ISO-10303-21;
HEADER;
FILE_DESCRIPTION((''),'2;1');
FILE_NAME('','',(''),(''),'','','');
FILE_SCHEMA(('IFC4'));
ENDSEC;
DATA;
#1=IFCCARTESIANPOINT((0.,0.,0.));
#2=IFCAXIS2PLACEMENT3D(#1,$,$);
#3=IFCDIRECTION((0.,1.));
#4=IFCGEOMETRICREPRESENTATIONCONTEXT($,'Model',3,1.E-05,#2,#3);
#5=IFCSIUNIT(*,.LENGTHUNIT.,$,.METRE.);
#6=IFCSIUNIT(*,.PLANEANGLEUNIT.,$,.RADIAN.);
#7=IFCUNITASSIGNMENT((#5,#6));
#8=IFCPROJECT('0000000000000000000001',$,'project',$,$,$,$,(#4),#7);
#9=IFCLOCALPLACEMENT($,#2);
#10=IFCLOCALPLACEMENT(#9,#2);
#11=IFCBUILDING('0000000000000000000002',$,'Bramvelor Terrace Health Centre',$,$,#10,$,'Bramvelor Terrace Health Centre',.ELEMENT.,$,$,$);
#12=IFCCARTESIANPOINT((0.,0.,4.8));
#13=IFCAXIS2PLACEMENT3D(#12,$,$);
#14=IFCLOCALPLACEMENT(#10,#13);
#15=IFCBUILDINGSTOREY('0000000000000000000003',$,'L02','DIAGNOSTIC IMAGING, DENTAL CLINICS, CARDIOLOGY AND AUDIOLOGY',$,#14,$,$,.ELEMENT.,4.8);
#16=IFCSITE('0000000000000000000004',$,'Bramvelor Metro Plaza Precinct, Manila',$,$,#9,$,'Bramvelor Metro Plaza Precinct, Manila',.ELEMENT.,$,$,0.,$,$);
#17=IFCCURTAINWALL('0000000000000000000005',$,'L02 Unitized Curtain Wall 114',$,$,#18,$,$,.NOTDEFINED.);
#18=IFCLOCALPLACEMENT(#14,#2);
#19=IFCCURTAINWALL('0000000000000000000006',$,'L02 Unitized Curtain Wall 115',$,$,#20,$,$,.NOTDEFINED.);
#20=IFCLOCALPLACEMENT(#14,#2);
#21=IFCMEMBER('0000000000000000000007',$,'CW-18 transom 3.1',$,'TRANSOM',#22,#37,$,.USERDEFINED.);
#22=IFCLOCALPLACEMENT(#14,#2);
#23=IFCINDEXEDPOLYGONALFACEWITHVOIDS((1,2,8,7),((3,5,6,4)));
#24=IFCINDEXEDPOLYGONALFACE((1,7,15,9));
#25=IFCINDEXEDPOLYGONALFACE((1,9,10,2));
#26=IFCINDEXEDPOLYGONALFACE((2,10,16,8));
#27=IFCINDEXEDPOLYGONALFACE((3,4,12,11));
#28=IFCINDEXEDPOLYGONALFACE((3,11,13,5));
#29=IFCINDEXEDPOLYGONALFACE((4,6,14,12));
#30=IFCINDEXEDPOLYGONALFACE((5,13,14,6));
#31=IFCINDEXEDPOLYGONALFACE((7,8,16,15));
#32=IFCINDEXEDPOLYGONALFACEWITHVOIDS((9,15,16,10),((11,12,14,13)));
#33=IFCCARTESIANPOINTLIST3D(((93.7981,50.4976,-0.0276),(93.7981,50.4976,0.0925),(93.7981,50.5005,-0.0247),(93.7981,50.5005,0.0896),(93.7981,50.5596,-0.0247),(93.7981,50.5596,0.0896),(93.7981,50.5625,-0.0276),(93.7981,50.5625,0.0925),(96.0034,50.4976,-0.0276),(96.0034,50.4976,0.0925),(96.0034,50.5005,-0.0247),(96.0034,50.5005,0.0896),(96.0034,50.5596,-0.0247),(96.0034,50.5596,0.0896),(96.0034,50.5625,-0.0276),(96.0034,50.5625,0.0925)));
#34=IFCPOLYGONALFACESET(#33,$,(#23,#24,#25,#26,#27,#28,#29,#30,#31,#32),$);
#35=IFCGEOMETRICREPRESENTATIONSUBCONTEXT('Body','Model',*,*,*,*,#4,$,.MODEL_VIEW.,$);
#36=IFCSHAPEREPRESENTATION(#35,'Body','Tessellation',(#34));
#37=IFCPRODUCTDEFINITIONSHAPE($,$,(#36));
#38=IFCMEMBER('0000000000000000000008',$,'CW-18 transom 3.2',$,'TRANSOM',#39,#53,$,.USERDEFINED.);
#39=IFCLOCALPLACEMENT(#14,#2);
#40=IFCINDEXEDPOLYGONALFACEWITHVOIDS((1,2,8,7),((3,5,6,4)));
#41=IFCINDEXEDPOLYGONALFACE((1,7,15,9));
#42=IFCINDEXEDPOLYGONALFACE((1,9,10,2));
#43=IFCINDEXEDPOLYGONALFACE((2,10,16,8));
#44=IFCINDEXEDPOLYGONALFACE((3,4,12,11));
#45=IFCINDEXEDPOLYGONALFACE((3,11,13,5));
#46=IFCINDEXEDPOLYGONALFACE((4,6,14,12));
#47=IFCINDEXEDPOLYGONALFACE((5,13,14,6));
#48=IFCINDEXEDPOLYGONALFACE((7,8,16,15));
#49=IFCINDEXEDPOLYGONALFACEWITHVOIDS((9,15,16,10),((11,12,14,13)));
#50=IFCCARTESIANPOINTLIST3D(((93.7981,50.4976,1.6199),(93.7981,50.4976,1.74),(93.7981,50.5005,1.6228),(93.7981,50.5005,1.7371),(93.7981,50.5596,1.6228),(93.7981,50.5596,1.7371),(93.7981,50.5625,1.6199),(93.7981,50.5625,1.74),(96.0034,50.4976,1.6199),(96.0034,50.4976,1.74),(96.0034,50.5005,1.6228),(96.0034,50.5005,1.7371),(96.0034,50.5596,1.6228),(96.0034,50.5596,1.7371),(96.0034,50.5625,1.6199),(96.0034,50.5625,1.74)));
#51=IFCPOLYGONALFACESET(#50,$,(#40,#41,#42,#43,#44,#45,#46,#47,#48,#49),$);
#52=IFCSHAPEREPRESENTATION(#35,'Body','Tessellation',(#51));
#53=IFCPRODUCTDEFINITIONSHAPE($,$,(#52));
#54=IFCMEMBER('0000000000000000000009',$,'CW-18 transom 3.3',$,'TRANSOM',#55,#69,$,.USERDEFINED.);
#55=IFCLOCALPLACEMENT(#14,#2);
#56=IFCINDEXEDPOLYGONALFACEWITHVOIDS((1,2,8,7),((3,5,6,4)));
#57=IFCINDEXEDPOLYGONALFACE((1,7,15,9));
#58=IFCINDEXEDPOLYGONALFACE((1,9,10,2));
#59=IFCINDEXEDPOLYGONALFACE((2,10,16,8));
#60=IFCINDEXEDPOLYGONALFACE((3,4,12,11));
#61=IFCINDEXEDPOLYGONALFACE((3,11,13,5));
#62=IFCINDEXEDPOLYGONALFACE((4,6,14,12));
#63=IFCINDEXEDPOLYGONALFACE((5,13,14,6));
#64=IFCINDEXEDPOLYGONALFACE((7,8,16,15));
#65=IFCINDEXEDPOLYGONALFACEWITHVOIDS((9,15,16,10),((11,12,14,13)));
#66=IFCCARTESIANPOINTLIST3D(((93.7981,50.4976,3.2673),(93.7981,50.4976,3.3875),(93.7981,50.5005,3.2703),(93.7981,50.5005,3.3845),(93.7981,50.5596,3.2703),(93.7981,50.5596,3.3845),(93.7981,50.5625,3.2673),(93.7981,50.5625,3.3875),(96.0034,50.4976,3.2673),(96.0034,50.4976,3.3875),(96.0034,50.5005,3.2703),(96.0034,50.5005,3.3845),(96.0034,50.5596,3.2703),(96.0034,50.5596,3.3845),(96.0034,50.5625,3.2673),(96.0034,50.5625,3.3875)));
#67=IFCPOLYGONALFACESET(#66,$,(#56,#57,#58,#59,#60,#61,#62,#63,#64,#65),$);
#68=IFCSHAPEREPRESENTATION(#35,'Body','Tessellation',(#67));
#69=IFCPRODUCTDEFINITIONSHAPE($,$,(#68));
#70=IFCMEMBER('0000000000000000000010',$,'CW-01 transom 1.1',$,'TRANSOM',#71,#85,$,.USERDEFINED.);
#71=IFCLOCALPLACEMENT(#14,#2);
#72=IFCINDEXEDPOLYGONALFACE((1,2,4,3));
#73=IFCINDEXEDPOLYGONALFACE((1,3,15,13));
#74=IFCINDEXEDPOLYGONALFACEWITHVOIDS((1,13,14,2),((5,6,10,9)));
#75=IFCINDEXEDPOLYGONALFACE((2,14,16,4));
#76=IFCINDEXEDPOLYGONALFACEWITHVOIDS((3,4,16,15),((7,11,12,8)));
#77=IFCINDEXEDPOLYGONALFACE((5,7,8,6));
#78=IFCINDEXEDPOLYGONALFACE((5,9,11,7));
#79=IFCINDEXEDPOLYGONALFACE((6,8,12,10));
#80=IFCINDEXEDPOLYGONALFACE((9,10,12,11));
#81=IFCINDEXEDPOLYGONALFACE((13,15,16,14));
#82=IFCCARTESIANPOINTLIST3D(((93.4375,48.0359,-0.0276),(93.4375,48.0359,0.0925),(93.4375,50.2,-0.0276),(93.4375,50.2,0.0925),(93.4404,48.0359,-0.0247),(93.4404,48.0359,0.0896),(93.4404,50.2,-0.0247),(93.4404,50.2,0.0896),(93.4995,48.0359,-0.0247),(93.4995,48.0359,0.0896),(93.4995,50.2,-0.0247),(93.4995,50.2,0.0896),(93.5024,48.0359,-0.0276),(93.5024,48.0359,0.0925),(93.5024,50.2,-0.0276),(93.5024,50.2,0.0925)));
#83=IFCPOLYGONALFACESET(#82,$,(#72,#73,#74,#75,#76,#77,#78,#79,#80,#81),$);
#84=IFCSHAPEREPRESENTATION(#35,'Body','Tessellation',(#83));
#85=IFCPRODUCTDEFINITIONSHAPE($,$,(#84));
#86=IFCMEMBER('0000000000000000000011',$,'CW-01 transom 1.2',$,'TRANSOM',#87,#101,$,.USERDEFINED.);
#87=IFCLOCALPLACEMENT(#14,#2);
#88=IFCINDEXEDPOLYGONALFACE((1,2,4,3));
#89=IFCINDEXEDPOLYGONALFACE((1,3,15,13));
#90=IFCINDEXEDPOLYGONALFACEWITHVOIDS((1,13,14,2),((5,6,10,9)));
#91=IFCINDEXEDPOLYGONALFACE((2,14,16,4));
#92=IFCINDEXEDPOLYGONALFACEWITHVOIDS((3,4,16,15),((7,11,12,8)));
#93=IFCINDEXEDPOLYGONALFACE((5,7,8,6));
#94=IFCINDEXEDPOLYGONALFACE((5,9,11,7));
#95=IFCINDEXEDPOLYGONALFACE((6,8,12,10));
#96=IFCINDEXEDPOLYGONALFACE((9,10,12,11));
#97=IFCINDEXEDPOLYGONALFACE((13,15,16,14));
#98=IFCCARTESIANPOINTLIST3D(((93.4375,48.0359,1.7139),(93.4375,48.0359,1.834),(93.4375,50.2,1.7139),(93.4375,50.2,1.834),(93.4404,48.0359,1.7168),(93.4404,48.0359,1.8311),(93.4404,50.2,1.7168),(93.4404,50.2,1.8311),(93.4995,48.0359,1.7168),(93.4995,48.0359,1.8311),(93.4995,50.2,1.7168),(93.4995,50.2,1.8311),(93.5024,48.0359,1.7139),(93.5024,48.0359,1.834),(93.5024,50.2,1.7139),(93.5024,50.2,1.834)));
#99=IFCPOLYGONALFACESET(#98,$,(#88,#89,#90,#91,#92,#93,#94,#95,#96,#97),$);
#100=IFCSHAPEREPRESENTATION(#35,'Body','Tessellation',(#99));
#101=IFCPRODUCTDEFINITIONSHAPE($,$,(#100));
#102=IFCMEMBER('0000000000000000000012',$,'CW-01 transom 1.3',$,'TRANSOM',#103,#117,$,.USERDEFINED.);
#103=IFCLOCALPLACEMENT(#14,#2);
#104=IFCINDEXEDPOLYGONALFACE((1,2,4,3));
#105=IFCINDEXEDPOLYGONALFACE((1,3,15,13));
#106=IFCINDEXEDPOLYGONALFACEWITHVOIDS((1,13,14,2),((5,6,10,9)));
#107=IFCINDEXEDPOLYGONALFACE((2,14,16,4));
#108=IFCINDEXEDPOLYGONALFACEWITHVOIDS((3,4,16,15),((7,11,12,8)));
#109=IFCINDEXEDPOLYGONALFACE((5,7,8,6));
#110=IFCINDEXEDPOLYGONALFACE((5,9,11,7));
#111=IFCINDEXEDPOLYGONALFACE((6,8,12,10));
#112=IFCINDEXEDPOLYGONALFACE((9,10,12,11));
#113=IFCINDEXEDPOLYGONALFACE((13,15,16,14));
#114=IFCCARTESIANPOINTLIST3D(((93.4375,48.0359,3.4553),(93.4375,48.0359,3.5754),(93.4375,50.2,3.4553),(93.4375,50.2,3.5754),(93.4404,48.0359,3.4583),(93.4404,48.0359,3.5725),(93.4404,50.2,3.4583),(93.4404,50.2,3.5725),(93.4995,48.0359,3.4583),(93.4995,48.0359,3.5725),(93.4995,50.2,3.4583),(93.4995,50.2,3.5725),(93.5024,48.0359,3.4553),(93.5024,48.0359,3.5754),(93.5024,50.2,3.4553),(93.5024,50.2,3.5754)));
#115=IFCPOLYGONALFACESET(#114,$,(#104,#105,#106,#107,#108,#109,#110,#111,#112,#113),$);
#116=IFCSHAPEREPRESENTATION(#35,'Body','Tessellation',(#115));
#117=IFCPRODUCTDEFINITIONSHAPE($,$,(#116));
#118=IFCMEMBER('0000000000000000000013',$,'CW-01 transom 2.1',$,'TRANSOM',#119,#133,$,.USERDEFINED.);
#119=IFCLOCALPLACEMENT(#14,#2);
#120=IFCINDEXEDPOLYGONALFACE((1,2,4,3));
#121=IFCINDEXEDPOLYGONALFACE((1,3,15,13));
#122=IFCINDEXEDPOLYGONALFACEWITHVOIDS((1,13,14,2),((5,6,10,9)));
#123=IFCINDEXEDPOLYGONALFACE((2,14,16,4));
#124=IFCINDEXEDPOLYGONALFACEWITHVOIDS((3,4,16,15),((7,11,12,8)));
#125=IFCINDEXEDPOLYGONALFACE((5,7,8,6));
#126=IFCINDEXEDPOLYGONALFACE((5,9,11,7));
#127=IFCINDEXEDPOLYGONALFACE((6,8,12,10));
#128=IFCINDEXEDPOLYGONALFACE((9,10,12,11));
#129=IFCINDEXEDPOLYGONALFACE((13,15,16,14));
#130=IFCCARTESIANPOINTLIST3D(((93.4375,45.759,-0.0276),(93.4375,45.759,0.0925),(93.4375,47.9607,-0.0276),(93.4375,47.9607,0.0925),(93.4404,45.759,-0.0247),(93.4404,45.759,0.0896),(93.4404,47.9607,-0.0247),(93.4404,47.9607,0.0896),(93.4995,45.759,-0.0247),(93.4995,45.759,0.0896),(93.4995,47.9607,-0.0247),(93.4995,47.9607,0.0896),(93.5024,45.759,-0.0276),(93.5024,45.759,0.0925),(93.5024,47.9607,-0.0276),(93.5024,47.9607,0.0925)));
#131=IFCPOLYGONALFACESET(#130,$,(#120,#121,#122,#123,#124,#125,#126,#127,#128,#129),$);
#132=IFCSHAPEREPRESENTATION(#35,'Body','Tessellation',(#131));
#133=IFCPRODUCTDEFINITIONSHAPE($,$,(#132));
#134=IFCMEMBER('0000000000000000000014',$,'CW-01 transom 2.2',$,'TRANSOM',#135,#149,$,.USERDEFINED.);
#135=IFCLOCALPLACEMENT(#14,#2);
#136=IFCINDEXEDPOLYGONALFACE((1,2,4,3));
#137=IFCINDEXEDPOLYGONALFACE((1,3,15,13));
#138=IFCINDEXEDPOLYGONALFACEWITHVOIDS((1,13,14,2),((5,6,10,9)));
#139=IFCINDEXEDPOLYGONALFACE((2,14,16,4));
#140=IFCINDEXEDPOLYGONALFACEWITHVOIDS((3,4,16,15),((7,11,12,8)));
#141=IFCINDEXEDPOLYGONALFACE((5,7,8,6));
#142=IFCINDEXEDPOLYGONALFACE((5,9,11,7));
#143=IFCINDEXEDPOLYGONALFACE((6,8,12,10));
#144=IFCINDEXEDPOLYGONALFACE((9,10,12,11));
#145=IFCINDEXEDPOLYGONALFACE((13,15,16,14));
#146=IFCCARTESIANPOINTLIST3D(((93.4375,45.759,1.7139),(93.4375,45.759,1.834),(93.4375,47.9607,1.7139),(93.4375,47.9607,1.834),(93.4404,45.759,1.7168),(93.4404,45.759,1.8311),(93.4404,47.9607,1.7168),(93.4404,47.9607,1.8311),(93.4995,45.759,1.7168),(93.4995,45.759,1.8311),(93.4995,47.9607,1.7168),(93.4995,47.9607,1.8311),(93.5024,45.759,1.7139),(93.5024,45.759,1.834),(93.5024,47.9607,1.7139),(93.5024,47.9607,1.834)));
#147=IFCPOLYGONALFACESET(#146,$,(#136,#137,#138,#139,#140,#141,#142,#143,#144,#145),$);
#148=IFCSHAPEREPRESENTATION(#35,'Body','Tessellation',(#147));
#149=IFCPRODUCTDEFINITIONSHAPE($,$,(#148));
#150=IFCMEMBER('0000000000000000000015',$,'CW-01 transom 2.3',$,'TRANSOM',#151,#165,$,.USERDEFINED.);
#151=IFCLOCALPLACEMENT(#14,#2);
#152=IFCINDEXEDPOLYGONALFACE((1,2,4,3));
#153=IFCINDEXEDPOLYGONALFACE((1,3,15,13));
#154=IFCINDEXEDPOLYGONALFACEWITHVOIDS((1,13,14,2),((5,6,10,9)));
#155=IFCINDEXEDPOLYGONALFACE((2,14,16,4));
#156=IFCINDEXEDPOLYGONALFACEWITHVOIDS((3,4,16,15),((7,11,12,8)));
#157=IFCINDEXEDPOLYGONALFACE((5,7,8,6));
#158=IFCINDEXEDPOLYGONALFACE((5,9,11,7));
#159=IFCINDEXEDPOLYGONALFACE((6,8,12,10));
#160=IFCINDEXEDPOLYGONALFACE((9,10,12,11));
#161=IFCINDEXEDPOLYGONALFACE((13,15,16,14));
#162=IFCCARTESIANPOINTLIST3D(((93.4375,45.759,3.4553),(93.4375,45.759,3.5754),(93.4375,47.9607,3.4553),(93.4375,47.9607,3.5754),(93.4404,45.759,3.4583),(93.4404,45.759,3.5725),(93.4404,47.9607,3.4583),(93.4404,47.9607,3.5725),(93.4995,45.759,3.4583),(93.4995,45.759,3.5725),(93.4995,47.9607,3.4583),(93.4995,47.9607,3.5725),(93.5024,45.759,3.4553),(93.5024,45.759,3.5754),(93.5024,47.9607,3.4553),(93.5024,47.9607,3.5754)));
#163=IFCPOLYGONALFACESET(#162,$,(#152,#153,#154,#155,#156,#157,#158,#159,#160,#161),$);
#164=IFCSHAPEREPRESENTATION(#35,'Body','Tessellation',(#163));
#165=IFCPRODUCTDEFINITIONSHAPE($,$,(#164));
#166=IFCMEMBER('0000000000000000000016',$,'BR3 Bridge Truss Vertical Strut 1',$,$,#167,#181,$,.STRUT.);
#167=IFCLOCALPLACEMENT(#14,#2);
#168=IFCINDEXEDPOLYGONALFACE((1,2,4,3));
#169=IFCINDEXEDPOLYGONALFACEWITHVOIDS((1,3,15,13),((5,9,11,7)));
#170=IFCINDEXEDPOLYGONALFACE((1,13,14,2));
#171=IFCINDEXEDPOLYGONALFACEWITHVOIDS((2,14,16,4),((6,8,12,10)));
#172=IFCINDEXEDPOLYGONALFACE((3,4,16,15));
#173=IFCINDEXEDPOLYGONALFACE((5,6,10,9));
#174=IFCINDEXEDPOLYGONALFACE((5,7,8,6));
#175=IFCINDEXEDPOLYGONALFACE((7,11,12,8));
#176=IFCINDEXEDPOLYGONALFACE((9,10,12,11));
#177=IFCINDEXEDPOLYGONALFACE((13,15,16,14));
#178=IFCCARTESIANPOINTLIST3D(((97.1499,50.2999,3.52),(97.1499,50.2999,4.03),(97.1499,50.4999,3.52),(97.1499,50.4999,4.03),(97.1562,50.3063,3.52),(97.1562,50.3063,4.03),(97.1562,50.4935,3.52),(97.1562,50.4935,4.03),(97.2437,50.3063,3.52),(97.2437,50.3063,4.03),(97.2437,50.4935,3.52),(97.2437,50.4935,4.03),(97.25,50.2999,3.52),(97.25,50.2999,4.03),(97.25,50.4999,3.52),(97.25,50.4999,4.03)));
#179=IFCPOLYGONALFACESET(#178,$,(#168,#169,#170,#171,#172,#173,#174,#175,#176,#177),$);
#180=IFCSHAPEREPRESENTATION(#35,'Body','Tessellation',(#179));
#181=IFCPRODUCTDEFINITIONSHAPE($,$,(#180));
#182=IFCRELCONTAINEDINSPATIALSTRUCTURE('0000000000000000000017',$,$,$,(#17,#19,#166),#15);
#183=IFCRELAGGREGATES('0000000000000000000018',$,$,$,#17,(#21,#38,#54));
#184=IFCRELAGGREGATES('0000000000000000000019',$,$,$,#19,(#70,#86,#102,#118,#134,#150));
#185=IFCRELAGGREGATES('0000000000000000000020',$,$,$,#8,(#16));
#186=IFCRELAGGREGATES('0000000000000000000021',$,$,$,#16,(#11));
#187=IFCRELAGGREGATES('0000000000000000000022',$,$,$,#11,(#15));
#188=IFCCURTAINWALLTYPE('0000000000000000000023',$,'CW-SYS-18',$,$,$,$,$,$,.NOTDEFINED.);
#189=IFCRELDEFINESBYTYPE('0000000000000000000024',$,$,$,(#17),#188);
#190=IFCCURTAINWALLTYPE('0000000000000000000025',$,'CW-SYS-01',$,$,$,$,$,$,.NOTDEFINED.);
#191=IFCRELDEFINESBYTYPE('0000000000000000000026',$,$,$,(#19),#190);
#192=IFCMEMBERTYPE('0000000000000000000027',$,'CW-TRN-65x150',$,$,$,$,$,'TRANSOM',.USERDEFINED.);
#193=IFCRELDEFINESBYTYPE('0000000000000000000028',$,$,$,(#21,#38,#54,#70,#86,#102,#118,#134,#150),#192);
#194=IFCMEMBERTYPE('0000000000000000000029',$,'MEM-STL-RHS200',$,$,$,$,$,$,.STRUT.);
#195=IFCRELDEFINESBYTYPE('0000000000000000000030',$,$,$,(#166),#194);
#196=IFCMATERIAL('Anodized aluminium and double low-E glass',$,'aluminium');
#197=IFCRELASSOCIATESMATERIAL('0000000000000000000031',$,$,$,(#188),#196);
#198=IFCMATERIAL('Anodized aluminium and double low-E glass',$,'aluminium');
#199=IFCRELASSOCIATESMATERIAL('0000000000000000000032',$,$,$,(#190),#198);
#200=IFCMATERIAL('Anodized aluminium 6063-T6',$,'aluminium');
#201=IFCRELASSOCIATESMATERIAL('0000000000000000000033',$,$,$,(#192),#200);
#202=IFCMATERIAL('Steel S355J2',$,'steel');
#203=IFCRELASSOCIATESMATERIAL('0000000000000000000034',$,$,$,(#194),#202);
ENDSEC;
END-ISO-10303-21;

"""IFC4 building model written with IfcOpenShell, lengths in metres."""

from ifc_helpers import new_model, si_unit, direction, frame, origin, origin_2d, place, context, subcontext, project, spatial, hollow_rectangle, extrude, material, material_profile, profile_set, type_object, element, aggregate, save


model = new_model("IFC4")

# Units and contexts
model_context = context("Model", 3, precision=1e-05, world=origin(), true_north=direction((0.0, 1.0)))
body_context = subcontext(model_context, "Body", "Model", "MODEL_VIEW")
ifc_project = project(units=[si_unit("LENGTHUNIT", "METRE"), si_unit("PLANEANGLEUNIT", "RADIAN")], contexts=[model_context])

# Site, building, storey
site_placement = place(None, origin())
site = spatial("IfcSite", under=ifc_project, at=site_placement, Name="Bramvelor Metro Plaza Precinct, Manila", LongName="Bramvelor Metro Plaza Precinct, Manila", CompositionType="ELEMENT", RefElevation=0.0)
building_placement = place(site_placement, origin())
building = spatial("IfcBuilding", under=site, at=building_placement, Name="Bramvelor Terrace Health Centre", LongName="Bramvelor Terrace Health Centre", CompositionType="ELEMENT")
storey_placement = place(building_placement, frame((0.0, 0.0, 4.8)))
storey = spatial("IfcBuildingStorey", under=building, at=storey_placement, Name="L02", Description="DIAGNOSTIC IMAGING, DENTAL CLINICS, CARDIOLOGY AND AUDIOLOGY", CompositionType="ELEMENT", Elevation=4.8)

# Curtain walls
ifc_material_1 = material(Name="Anodized aluminium and double low-E glass", Category="aluminium")
curtain_wall_type_1 = type_object("IfcCurtainWallType", Name="CW-SYS-18", PredefinedType="NOTDEFINED", material=ifc_material_1)
curtain_wall_1_placement = place(storey_placement, origin())
curtain_wall_1 = element("IfcCurtainWall", 1, at=curtain_wall_1_placement, inside=storey, type_object=curtain_wall_type_1, Name="L02 Unitized Curtain Wall 114", PredefinedType="NOTDEFINED")
ifc_material_2 = material(Name="Anodized aluminium and double low-E glass", Category="aluminium")
curtain_wall_type_2 = type_object("IfcCurtainWallType", Name="CW-SYS-01", PredefinedType="NOTDEFINED", material=ifc_material_2)
curtain_wall_2_placement = place(storey_placement, origin())
curtain_wall_2 = element("IfcCurtainWall", 2, at=curtain_wall_2_placement, inside=storey, type_object=curtain_wall_type_2, Name="L02 Unitized Curtain Wall 115", PredefinedType="NOTDEFINED")

# Members
ifc_material_3 = material(Name="Anodized aluminium 6063-T6", Category="aluminium")
ifc_material_profile_1 = material_profile(ifc_material_3, hollow_rectangle(XDim=0.0649, YDim=0.1201, WallThickness=0.0029, at=origin_2d()), Name="ALU-TRN 65x120x3.0")
ifc_profile_set_1 = profile_set([ifc_material_profile_1], Name="Anodized aluminium 6063-T6")
member_type_1 = type_object("IfcMemberType", Name="CW-TRN-65x150", ElementType="TRANSOM", PredefinedType="USERDEFINED", material=ifc_profile_set_1)
member_1_placement = place(storey_placement, frame((96.0034, 50.53, 0.0325), z_axis=(-1.0, 0.0, 0.0), x_axis=(0.0, -1.0, 0.0)))
member_1 = element("IfcMember", 3, at=member_1_placement, type_object=member_type_1, Name="CW-18 transom 3.1", ObjectType="TRANSOM", PredefinedType="USERDEFINED", context=body_context, shape_type="SweptSolid", body=[
    extrude(hollow_rectangle(XDim=0.0649, YDim=0.1201, WallThickness=0.0029, at=origin_2d()), origin(), (0.0, 0.0, 1.0), 2.2053),
])
member_2_placement = place(storey_placement, frame((96.0034, 50.53, 1.6799), z_axis=(-1.0, 0.0, 0.0), x_axis=(0.0, -1.0, 0.0)))
member_2 = element("IfcMember", 4, at=member_2_placement, type_object=member_type_1, Name="CW-18 transom 3.2", ObjectType="TRANSOM", PredefinedType="USERDEFINED", context=body_context, shape_type="SweptSolid", body=[
    extrude(hollow_rectangle(XDim=0.0649, YDim=0.1201, WallThickness=0.0029, at=origin_2d()), origin(), (0.0, 0.0, 1.0), 2.2053),
])
member_3_placement = place(storey_placement, frame((96.0034, 50.53, 3.3274), z_axis=(-1.0, 0.0, 0.0), x_axis=(0.0, -1.0, 0.0)))
member_3 = element("IfcMember", 5, at=member_3_placement, type_object=member_type_1, Name="CW-18 transom 3.3", ObjectType="TRANSOM", PredefinedType="USERDEFINED", context=body_context, shape_type="SweptSolid", body=[
    extrude(hollow_rectangle(XDim=0.0649, YDim=0.1201, WallThickness=0.0029, at=origin_2d()), origin(), (0.0, 0.0, 1.0), 2.2053),
])
member_4_placement = place(storey_placement, frame((93.47, 50.2, 0.0325), z_axis=(0.0, -1.0, 0.0), x_axis=(1.0, 0.0, 0.0)))
member_4 = element("IfcMember", 6, at=member_4_placement, type_object=member_type_1, Name="CW-01 transom 1.1", ObjectType="TRANSOM", PredefinedType="USERDEFINED", context=body_context, shape_type="SweptSolid", body=[
    extrude(hollow_rectangle(XDim=0.0649, YDim=0.1201, WallThickness=0.0029, at=origin_2d()), origin(), (0.0, 0.0, 1.0), 2.1641),
])
member_5_placement = place(storey_placement, frame((93.47, 50.2, 1.7739), z_axis=(0.0, -1.0, 0.0), x_axis=(1.0, 0.0, 0.0)))
member_5 = element("IfcMember", 7, at=member_5_placement, type_object=member_type_1, Name="CW-01 transom 1.2", ObjectType="TRANSOM", PredefinedType="USERDEFINED", context=body_context, shape_type="SweptSolid", body=[
    extrude(hollow_rectangle(XDim=0.0649, YDim=0.1201, WallThickness=0.0029, at=origin_2d()), origin(), (0.0, 0.0, 1.0), 2.1641),
])
member_6_placement = place(storey_placement, frame((93.47, 50.2, 3.5154), z_axis=(0.0, -1.0, 0.0), x_axis=(1.0, 0.0, 0.0)))
member_6 = element("IfcMember", 8, at=member_6_placement, type_object=member_type_1, Name="CW-01 transom 1.3", ObjectType="TRANSOM", PredefinedType="USERDEFINED", context=body_context, shape_type="SweptSolid", body=[
    extrude(hollow_rectangle(XDim=0.0649, YDim=0.1201, WallThickness=0.0029, at=origin_2d()), origin(), (0.0, 0.0, 1.0), 2.1641),
])
member_7_placement = place(storey_placement, frame((93.47, 47.9607, 0.0325), z_axis=(0.0, -1.0, 0.0), x_axis=(1.0, 0.0, 0.0)))
member_7 = element("IfcMember", 9, at=member_7_placement, type_object=member_type_1, Name="CW-01 transom 2.1", ObjectType="TRANSOM", PredefinedType="USERDEFINED", context=body_context, shape_type="SweptSolid", body=[
    extrude(hollow_rectangle(XDim=0.0649, YDim=0.1201, WallThickness=0.0029, at=origin_2d()), origin(), (0.0, 0.0, 1.0), 2.2017),
])
member_8_placement = place(storey_placement, frame((93.47, 47.9607, 1.7739), z_axis=(0.0, -1.0, 0.0), x_axis=(1.0, 0.0, 0.0)))
member_8 = element("IfcMember", 10, at=member_8_placement, type_object=member_type_1, Name="CW-01 transom 2.2", ObjectType="TRANSOM", PredefinedType="USERDEFINED", context=body_context, shape_type="SweptSolid", body=[
    extrude(hollow_rectangle(XDim=0.0649, YDim=0.1201, WallThickness=0.0029, at=origin_2d()), origin(), (0.0, 0.0, 1.0), 2.2017),
])
member_9_placement = place(storey_placement, frame((93.47, 47.9607, 3.5154), z_axis=(0.0, -1.0, 0.0), x_axis=(1.0, 0.0, 0.0)))
member_9 = element("IfcMember", 11, at=member_9_placement, type_object=member_type_1, Name="CW-01 transom 2.3", ObjectType="TRANSOM", PredefinedType="USERDEFINED", context=body_context, shape_type="SweptSolid", body=[
    extrude(hollow_rectangle(XDim=0.0649, YDim=0.1201, WallThickness=0.0029, at=origin_2d()), origin(), (0.0, 0.0, 1.0), 2.2017),
])

# Member
ifc_material_4 = material(Name="Steel S355J2", Category="steel")
ifc_material_profile_2 = material_profile(ifc_material_4, hollow_rectangle(XDim=0.1001, YDim=0.2, WallThickness=0.0063, at=origin_2d()), Name="RHS 200x100x6.3")
ifc_profile_set_2 = profile_set([ifc_material_profile_2], Name="Steel S355J2")
member_type_2 = type_object("IfcMemberType", Name="MEM-STL-RHS200", PredefinedType="STRUT", material=ifc_profile_set_2)
member_10_placement = place(storey_placement, frame((97.2, 50.3999, 3.52), z_axis=(0.0, 0.0, 1.0), x_axis=(1.0, 0.0, 0.0)))
element("IfcMember", 12, at=member_10_placement, inside=storey, type_object=member_type_2, Name="BR3 Bridge Truss Vertical Strut 1", PredefinedType="STRUT", context=body_context, shape_type="SweptSolid", body=[
    extrude(hollow_rectangle(XDim=0.1001, YDim=0.2, WallThickness=0.0063, at=origin_2d()), origin(), (0.0, 0.0, 1.0), 0.51),
])

aggregate(curtain_wall_1, [member_1, member_2, member_3])
aggregate(curtain_wall_2, [member_4, member_5, member_6, member_7, member_8, member_9])

save(model, "model.ifc")
